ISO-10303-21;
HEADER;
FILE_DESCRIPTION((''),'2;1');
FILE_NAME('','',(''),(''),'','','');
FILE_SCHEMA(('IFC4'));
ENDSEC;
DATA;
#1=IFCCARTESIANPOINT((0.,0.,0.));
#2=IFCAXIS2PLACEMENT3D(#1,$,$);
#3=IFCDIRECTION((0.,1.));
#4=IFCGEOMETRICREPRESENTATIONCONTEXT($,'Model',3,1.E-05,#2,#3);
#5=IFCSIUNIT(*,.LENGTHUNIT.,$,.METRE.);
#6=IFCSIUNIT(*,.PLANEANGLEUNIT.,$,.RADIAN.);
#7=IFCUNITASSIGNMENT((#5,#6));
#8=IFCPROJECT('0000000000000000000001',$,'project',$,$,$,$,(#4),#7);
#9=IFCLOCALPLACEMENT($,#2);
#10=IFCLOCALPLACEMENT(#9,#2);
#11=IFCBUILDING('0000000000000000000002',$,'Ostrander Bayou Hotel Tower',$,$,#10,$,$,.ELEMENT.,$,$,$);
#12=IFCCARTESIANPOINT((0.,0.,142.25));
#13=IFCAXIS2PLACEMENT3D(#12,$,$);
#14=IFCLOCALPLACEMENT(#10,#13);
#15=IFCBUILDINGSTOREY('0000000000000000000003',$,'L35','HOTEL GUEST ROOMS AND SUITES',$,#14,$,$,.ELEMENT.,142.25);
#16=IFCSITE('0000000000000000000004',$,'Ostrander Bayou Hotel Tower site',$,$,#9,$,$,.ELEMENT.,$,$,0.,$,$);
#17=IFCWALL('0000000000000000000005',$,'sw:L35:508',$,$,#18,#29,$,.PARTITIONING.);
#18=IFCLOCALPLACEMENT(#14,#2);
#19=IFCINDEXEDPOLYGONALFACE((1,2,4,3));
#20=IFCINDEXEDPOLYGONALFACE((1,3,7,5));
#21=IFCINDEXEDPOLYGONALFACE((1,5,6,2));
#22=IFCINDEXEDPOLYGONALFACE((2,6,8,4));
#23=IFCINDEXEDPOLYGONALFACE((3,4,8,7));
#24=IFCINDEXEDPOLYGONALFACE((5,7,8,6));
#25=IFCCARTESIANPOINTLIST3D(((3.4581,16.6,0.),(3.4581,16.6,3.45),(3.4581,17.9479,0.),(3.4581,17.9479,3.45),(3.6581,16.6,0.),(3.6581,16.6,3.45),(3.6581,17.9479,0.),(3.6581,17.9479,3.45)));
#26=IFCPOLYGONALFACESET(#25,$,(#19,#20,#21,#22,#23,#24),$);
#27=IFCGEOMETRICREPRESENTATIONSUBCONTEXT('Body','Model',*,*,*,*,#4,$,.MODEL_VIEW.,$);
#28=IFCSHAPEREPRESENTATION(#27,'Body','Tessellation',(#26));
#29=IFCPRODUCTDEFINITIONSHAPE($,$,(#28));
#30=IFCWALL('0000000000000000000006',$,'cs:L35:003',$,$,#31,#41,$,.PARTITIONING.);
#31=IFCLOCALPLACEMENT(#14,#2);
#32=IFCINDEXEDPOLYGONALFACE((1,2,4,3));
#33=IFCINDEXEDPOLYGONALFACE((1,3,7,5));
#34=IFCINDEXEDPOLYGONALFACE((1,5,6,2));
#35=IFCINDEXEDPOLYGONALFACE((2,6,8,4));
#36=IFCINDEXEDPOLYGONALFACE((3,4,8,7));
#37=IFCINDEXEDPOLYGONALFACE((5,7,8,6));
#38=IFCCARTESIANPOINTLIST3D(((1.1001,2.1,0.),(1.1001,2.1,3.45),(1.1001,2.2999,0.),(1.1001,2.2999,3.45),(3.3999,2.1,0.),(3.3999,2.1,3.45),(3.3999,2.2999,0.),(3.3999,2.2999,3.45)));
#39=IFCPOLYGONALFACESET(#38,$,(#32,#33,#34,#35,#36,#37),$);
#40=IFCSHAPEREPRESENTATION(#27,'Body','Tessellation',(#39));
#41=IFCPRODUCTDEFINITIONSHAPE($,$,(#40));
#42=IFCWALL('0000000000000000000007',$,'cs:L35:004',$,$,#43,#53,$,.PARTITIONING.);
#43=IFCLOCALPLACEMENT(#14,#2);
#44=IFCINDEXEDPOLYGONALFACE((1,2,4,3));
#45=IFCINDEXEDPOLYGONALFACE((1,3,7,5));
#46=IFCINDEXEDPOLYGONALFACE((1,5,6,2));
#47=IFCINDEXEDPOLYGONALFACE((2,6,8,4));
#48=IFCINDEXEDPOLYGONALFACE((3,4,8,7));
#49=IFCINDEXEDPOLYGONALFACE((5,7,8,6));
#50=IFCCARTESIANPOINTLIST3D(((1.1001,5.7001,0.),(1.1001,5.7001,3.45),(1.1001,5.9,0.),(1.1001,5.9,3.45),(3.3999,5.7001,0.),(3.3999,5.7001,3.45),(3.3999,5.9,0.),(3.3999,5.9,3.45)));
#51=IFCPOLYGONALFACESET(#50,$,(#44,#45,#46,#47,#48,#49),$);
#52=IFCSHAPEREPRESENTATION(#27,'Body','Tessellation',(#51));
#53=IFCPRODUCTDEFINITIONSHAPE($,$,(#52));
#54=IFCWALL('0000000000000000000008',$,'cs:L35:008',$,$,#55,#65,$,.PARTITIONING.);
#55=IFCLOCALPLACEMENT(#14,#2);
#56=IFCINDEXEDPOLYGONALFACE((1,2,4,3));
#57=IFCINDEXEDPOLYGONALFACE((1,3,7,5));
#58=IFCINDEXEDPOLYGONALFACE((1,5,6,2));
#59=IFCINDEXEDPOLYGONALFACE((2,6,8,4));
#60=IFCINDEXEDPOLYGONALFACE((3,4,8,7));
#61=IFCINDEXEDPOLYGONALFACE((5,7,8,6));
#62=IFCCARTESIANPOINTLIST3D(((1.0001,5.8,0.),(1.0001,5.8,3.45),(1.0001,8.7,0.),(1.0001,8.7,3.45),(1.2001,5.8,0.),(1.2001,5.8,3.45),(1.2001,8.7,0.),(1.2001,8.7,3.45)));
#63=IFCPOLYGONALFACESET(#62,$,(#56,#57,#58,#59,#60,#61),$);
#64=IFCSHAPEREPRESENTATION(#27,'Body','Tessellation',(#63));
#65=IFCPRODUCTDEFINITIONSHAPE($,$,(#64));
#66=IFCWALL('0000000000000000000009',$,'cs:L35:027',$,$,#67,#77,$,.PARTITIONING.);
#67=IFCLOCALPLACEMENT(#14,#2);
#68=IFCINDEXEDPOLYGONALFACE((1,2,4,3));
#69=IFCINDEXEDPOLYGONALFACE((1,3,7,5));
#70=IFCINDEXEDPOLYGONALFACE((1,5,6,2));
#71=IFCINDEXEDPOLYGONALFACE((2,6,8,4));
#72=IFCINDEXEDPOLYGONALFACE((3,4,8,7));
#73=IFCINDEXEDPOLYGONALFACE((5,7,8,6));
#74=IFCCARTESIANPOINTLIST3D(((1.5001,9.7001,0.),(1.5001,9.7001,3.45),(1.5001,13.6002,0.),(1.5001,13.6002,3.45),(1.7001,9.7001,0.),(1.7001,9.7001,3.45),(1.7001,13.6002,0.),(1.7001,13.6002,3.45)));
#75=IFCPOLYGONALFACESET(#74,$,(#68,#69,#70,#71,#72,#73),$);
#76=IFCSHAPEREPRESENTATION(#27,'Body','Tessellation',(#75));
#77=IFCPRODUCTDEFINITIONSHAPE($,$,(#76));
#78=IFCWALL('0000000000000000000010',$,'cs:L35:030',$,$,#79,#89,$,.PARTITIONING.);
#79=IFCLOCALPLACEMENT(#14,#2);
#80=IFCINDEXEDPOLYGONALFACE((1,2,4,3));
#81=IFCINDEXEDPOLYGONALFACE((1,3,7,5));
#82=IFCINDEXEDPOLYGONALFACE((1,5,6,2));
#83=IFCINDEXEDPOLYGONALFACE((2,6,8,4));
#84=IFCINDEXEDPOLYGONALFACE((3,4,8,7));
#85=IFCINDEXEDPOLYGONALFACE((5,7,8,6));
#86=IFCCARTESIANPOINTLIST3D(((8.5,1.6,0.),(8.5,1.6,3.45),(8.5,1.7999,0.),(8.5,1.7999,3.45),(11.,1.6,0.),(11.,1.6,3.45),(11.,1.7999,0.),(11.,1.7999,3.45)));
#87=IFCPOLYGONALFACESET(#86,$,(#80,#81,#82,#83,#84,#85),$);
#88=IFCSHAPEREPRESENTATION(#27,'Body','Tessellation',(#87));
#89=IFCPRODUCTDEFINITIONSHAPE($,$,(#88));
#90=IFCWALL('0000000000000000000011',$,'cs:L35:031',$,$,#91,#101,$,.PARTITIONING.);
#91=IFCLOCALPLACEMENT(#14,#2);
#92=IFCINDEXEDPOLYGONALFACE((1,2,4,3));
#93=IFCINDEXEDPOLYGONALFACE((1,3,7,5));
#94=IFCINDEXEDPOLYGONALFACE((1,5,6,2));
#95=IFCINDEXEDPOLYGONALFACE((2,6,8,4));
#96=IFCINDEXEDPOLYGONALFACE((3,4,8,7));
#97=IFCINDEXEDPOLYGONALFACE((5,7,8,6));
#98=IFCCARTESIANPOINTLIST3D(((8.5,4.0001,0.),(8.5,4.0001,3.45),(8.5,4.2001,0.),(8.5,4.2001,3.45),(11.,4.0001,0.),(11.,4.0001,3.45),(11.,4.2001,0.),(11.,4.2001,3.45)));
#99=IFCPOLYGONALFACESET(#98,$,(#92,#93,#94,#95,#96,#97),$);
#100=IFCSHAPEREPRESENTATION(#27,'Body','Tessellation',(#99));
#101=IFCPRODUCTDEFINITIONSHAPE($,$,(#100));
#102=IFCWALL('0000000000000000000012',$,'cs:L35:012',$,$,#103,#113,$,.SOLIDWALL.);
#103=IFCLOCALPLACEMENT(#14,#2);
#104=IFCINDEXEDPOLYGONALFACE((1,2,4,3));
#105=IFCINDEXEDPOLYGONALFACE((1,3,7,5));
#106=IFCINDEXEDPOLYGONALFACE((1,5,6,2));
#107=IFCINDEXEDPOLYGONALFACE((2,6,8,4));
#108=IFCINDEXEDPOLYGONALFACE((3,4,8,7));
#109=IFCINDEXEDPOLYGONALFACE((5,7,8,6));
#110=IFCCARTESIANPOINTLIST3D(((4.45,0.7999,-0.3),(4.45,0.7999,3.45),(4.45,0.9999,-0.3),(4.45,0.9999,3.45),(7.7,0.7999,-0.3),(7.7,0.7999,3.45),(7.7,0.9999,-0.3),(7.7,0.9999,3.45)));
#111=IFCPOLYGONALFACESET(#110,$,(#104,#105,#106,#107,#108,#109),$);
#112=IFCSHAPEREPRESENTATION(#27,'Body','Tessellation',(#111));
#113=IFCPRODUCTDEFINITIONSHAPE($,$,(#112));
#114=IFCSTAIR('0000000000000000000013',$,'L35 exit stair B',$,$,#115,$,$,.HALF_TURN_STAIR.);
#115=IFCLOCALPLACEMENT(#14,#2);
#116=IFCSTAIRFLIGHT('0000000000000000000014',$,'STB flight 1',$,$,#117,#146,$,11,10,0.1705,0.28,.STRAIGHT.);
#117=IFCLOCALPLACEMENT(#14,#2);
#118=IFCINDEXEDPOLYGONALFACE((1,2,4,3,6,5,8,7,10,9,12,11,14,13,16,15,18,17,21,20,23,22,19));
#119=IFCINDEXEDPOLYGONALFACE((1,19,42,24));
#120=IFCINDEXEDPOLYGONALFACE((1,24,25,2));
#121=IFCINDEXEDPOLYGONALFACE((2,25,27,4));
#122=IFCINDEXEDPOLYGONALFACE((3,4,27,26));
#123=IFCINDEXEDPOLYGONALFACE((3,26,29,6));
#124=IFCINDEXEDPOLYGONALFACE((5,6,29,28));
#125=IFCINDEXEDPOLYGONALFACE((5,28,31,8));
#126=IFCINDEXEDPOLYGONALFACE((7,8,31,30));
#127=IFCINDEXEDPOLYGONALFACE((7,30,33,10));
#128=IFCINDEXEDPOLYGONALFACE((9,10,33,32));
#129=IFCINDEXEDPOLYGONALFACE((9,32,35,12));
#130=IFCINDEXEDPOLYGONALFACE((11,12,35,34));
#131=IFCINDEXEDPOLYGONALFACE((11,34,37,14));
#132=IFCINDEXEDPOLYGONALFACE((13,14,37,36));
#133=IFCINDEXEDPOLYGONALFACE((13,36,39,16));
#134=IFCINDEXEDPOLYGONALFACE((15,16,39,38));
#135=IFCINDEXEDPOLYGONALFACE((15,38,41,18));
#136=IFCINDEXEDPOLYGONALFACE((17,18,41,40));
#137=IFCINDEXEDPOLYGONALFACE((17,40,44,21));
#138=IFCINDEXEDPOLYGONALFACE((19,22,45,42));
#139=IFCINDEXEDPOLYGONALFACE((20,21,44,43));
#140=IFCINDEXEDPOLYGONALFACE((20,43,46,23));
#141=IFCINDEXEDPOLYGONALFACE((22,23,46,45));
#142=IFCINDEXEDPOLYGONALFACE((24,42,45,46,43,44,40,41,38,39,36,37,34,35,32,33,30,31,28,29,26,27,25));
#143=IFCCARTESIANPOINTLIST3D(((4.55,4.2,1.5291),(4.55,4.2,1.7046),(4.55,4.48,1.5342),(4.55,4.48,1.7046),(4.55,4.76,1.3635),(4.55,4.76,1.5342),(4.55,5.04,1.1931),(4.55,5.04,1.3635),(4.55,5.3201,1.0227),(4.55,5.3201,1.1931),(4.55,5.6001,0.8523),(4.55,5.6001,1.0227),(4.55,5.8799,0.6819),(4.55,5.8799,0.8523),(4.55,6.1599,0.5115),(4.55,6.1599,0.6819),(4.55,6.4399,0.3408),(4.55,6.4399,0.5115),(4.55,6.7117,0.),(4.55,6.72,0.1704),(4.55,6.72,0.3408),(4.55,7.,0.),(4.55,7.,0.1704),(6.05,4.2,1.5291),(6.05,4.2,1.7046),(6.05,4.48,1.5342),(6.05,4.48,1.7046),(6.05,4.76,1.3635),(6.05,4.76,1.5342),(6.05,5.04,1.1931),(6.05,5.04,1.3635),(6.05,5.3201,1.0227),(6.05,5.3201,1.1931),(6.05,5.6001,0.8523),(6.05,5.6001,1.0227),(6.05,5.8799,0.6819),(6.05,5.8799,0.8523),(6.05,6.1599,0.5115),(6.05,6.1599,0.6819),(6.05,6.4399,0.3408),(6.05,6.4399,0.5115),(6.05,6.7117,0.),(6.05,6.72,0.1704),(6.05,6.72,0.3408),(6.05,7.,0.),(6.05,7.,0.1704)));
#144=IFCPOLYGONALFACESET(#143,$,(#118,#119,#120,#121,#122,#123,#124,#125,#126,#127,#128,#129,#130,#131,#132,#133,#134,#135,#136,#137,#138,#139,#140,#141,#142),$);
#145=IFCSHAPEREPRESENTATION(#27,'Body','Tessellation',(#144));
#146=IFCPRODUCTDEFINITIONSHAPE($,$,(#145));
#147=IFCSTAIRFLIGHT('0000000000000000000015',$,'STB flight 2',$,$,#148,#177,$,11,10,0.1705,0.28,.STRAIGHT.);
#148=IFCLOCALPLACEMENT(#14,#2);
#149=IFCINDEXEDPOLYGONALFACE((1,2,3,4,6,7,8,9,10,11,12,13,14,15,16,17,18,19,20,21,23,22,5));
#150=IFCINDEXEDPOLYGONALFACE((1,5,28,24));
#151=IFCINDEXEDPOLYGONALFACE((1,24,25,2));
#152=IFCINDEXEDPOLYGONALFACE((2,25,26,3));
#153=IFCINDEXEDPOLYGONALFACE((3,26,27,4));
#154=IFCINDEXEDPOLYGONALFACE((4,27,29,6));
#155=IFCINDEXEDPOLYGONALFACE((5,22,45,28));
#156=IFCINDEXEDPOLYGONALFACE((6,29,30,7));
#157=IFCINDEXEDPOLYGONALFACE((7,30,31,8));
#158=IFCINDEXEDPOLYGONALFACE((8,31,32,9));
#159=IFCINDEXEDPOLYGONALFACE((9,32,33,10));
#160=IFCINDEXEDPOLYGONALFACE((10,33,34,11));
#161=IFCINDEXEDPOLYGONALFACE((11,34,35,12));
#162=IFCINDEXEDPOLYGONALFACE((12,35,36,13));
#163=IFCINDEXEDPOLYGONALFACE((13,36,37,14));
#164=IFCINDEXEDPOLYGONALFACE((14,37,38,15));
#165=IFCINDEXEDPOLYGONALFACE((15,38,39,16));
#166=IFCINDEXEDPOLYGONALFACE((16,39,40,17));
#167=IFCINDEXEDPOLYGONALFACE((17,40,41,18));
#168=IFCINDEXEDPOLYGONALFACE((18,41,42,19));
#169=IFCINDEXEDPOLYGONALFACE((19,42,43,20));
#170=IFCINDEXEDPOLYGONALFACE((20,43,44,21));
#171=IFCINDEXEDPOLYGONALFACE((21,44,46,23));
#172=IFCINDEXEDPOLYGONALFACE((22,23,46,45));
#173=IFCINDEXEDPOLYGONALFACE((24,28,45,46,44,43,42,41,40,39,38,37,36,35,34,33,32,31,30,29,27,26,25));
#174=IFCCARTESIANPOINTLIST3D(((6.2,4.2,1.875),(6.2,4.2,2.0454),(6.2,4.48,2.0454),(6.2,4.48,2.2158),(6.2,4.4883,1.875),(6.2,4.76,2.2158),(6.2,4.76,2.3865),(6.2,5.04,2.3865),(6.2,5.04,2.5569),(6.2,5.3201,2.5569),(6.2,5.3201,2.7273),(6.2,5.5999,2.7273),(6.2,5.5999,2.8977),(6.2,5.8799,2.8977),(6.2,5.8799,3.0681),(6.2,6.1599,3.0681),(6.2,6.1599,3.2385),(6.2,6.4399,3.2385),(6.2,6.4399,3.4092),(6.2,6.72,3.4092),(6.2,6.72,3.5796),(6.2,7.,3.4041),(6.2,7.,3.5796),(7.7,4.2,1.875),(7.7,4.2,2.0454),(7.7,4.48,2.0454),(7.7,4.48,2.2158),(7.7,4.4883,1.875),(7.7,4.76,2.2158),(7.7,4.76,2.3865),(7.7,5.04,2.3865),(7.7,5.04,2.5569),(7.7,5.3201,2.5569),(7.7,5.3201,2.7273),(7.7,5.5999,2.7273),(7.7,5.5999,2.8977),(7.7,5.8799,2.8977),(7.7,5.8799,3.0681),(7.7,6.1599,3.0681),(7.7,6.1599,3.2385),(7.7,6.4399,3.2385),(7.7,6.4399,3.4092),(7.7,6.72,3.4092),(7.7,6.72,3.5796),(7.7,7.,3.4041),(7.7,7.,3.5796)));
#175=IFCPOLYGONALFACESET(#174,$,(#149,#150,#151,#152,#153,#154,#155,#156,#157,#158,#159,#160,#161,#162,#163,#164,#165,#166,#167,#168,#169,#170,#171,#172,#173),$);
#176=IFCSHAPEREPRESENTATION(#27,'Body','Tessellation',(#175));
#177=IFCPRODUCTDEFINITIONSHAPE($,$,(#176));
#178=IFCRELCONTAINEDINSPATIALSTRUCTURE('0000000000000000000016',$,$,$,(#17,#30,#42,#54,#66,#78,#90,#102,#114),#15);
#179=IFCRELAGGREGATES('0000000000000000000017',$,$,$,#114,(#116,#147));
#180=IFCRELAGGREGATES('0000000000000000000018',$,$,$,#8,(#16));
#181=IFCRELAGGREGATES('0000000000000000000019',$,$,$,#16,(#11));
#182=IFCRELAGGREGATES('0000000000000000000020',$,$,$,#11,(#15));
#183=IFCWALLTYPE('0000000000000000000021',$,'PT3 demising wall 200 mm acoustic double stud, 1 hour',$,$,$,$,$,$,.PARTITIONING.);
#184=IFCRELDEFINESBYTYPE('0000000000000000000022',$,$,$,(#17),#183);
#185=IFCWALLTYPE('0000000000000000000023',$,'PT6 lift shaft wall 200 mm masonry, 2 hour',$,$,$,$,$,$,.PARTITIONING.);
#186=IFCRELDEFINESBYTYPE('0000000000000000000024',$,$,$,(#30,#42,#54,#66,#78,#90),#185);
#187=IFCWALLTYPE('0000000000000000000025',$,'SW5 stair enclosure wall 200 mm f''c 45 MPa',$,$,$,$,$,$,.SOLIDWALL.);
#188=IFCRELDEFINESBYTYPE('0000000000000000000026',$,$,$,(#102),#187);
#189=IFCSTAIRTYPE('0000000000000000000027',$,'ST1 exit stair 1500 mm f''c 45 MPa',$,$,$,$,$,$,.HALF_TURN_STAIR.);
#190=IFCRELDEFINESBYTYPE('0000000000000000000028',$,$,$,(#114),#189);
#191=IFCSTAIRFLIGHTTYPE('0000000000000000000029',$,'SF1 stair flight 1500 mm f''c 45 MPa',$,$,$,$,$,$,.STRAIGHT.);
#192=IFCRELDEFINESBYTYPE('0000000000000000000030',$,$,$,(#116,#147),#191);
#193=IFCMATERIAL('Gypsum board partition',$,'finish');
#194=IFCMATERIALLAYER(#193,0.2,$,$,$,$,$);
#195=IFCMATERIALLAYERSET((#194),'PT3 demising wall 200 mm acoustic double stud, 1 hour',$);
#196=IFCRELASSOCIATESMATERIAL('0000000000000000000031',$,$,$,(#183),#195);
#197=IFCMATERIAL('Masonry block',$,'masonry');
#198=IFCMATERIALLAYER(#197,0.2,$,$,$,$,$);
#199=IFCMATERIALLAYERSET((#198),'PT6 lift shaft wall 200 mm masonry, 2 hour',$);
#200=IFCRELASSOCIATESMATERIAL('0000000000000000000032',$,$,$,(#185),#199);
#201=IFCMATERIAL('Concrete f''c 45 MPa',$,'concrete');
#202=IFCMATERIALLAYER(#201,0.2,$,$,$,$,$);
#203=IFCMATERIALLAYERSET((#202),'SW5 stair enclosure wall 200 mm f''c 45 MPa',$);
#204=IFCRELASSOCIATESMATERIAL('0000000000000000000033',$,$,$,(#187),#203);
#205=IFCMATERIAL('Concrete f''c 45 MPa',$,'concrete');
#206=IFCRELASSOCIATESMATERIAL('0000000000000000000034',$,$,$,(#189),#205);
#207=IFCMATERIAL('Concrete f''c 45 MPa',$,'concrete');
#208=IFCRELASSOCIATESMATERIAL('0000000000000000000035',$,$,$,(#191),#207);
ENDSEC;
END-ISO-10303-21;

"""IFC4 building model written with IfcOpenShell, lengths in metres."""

from ifc_helpers import new_model, si_unit, direction, frame, frame_2d, origin, place, context, subcontext, project, spatial, polyline, rectangle, outline, extrude, material, layer, layer_set, type_object, element, aggregate, save


model = new_model("IFC4")

# Units and contexts
model_context = context("Model", 3, precision=1e-05, world=origin(), true_north=direction((0.0, 1.0)))
body_context = subcontext(model_context, "Body", "Model", "MODEL_VIEW")
ifc_project = project(units=[si_unit("LENGTHUNIT", "METRE"), si_unit("PLANEANGLEUNIT", "RADIAN")], contexts=[model_context])

# Site, building, storey
site_placement = place(None, origin())
site = spatial("IfcSite", under=ifc_project, at=site_placement, Name="Ostrander Bayou Hotel Tower site", CompositionType="ELEMENT", RefElevation=0.0)
building_placement = place(site_placement, origin())
building = spatial("IfcBuilding", under=site, at=building_placement, Name="Ostrander Bayou Hotel Tower", CompositionType="ELEMENT")
storey_placement = place(building_placement, frame((0.0, 0.0, 142.25)))
storey = spatial("IfcBuildingStorey", under=building, at=storey_placement, Name="L35", Description="HOTEL GUEST ROOMS AND SUITES", CompositionType="ELEMENT", Elevation=142.25)

# Wall
ifc_material_1 = material(Name="Gypsum board partition", Category="finish")
ifc_layer_1 = layer(ifc_material_1, 0.2)
ifc_layer_set_1 = layer_set([ifc_layer_1], Name="PT3 demising wall 200 mm acoustic double stud, 1 hour")
wall_type_1 = type_object("IfcWallType", Name="PT3 demising wall 200 mm acoustic double stud, 1 hour", PredefinedType="PARTITIONING", material=ifc_layer_set_1)
wall_1_placement = place(storey_placement, frame((3.5581, 16.6001, 0.0), z_axis=(0.0, 0.0, 1.0), x_axis=(0.0, 1.0, 0.0)))
element("IfcWall", 1, at=wall_1_placement, inside=storey, type_object=wall_type_1, Name="sw:L35:508", PredefinedType="PARTITIONING", context=body_context, shape_type="SweptSolid", body=[
    extrude(rectangle(XDim=1.3479, YDim=0.2, at=frame_2d((0.6738, 0.0))), origin(), (0.0, 0.0, 1.0), 3.45),
])

# Walls
ifc_material_2 = material(Name="Masonry block", Category="masonry")
ifc_layer_2 = layer(ifc_material_2, 0.2)
ifc_layer_set_2 = layer_set([ifc_layer_2], Name="PT6 lift shaft wall 200 mm masonry, 2 hour")
wall_type_2 = type_object("IfcWallType", Name="PT6 lift shaft wall 200 mm masonry, 2 hour", PredefinedType="PARTITIONING", material=ifc_layer_set_2)
for number, where, z_axis, x_axis, name in (
    (2, (1.1001, 2.2, 0.0), (0.0, 0.0, 1.0), (1.0, 0.0, 0.0), "cs:L35:003"),
    (3, (1.1001, 5.8, 0.0), (0.0, 0.0, 1.0), (1.0, 0.0, 0.0), "cs:L35:004"),
):
    element("IfcWall", number, at=place(storey_placement, frame(where, z_axis=z_axis, x_axis=x_axis)), inside=storey, type_object=wall_type_2, Name=name, PredefinedType="PARTITIONING", context=body_context, shape_type="SweptSolid", body=[
        extrude(rectangle(XDim=2.2998, YDim=0.2, at=frame_2d((1.1499, 0.0))), origin(), (0.0, 0.0, 1.0), 3.45),
    ])
wall_2_placement = place(storey_placement, frame((1.1001, 5.8, 0.0), z_axis=(0.0, 0.0, 1.0), x_axis=(0.0, 1.0, 0.0)))
element("IfcWall", 4, at=wall_2_placement, inside=storey, type_object=wall_type_2, Name="cs:L35:008", PredefinedType="PARTITIONING", context=body_context, shape_type="SweptSolid", body=[
    extrude(rectangle(XDim=2.8999, YDim=0.2, at=frame_2d((1.45, 0.0))), origin(), (0.0, 0.0, 1.0), 3.45),
])
wall_3_placement = place(storey_placement, frame((1.6001, 9.7, 0.0), z_axis=(0.0, 0.0, 1.0), x_axis=(0.0, 1.0, 0.0)))
element("IfcWall", 5, at=wall_3_placement, inside=storey, type_object=wall_type_2, Name="cs:L35:027", PredefinedType="PARTITIONING", context=body_context, shape_type="SweptSolid", body=[
    extrude(rectangle(XDim=3.9001, YDim=0.2, at=frame_2d((1.9502, 0.0))), origin(), (0.0, 0.0, 1.0), 3.45),
])
for number, where, z_axis, x_axis, name in (
    (6, (8.5, 1.7, 0.0), (0.0, 0.0, 1.0), (1.0, 0.0, 0.0), "cs:L35:030"),
    (7, (8.5, 4.1001, 0.0), (0.0, 0.0, 1.0), (1.0, 0.0, 0.0), "cs:L35:031"),
):
    element("IfcWall", number, at=place(storey_placement, frame(where, z_axis=z_axis, x_axis=x_axis)), inside=storey, type_object=wall_type_2, Name=name, PredefinedType="PARTITIONING", context=body_context, shape_type="SweptSolid", body=[
        extrude(rectangle(XDim=2.5, YDim=0.2, at=frame_2d((1.25, 0.0))), origin(), (0.0, 0.0, 1.0), 3.45),
    ])
ifc_material_3 = material(Name="Concrete f'c 45 MPa", Category="concrete")
ifc_layer_3 = layer(ifc_material_3, 0.2)
ifc_layer_set_3 = layer_set([ifc_layer_3], Name="SW5 stair enclosure wall 200 mm f'c 45 MPa")
wall_type_3 = type_object("IfcWallType", Name="SW5 stair enclosure wall 200 mm f'c 45 MPa", PredefinedType="SOLIDWALL", material=ifc_layer_set_3)
wall_4_placement = place(storey_placement, frame((4.45, 0.8999, -0.3), z_axis=(0.0, 0.0, 1.0), x_axis=(1.0, 0.0, 0.0)))
element("IfcWall", 8, at=wall_4_placement, inside=storey, type_object=wall_type_3, Name="cs:L35:012", PredefinedType="SOLIDWALL", context=body_context, shape_type="SweptSolid", body=[
    extrude(rectangle(XDim=3.25, YDim=0.2, at=frame_2d((1.625, 0.0))), origin(), (0.0, 0.0, 1.0), 3.75),
])

# Stair, stair flights
ifc_material_4 = material(Name="Concrete f'c 45 MPa", Category="concrete")
stair_type = type_object("IfcStairType", Name="ST1 exit stair 1500 mm f'c 45 MPa", PredefinedType="HALF_TURN_STAIR", material=ifc_material_4)
stair_placement = place(storey_placement, origin())
stair = element("IfcStair", 9, at=stair_placement, inside=storey, type_object=stair_type, Name="L35 exit stair B", PredefinedType="HALF_TURN_STAIR")
ifc_material_5 = material(Name="Concrete f'c 45 MPa", Category="concrete")
stair_flight_type = type_object("IfcStairFlightType", Name="SF1 stair flight 1500 mm f'c 45 MPa", PredefinedType="STRAIGHT", material=ifc_material_5)
stair_flight_1_placement = place(storey_placement, frame((5.3, 7.0, 0.0), z_axis=(0.0, 0.0, 1.0), x_axis=(0.0, -1.0, 0.0)))
stair_flight_1 = element("IfcStairFlight", 10, at=stair_flight_1_placement, type_object=stair_flight_type, Name="STB flight 1", NumberOfRisers=11, NumberOfTreads=10, PredefinedType="STRAIGHT", RiserHeight=0.1705, TreadLength=0.28, context=body_context, shape_type="SweptSolid", body=[
    extrude(outline(polyline([(0.0, 0.0), (0.0, 0.1704), (0.28, 0.1704), (0.28, 0.3408), (0.5601, 0.3408), (0.5601, 0.5115), (0.8401, 0.5115), (0.8401, 0.6819), (1.1201, 0.6819), (1.1201, 0.8523), (1.3999, 0.8523), (1.3999, 1.0227), (1.6799, 1.0227), (1.6799, 1.1931), (1.96, 1.1931), (1.96, 1.3635), (2.24, 1.3635), (2.24, 1.5342), (2.52, 1.5342), (2.52, 1.7046), (2.8, 1.7046), (2.8, 1.875), (2.8, 1.5291), (0.2883, 0.0), (0.0, 0.0)])), frame((0.0, 0.75, 0.0), z_axis=(0.0, -1.0, 0.0), x_axis=(1.0, 0.0, 0.0)), (0.0, 0.0, 1.0), 1.5),
])
stair_flight_2_placement = place(storey_placement, frame((6.95, 4.2, 1.875), z_axis=(0.0, 0.0, 1.0), x_axis=(0.0, 1.0, 0.0)))
stair_flight_2 = element("IfcStairFlight", 11, at=stair_flight_2_placement, type_object=stair_flight_type, Name="STB flight 2", NumberOfRisers=11, NumberOfTreads=10, PredefinedType="STRAIGHT", RiserHeight=0.1705, TreadLength=0.28, context=body_context, shape_type="SweptSolid", body=[
    extrude(outline(polyline([(0.0, 0.0), (0.0, 0.1704), (0.28, 0.1704), (0.28, 0.3408), (0.5601, 0.3408), (0.5601, 0.5115), (0.8401, 0.5115), (0.8401, 0.6819), (1.1201, 0.6819), (1.1201, 0.8523), (1.3999, 0.8523), (1.3999, 1.0227), (1.6799, 1.0227), (1.6799, 1.1931), (1.96, 1.1931), (1.96, 1.3635), (2.24, 1.3635), (2.24, 1.5342), (2.52, 1.5342), (2.52, 1.7046), (2.8, 1.7046), (2.8, 1.875), (2.8, 1.5291), (0.2883, 0.0), (0.0, 0.0)])), frame((0.0, 0.75, 0.0), z_axis=(0.0, -1.0, 0.0), x_axis=(1.0, 0.0, 0.0)), (0.0, 0.0, 1.0), 1.5),
])
aggregate(stair, [stair_flight_1, stair_flight_2])

save(model, "model.ifc")
